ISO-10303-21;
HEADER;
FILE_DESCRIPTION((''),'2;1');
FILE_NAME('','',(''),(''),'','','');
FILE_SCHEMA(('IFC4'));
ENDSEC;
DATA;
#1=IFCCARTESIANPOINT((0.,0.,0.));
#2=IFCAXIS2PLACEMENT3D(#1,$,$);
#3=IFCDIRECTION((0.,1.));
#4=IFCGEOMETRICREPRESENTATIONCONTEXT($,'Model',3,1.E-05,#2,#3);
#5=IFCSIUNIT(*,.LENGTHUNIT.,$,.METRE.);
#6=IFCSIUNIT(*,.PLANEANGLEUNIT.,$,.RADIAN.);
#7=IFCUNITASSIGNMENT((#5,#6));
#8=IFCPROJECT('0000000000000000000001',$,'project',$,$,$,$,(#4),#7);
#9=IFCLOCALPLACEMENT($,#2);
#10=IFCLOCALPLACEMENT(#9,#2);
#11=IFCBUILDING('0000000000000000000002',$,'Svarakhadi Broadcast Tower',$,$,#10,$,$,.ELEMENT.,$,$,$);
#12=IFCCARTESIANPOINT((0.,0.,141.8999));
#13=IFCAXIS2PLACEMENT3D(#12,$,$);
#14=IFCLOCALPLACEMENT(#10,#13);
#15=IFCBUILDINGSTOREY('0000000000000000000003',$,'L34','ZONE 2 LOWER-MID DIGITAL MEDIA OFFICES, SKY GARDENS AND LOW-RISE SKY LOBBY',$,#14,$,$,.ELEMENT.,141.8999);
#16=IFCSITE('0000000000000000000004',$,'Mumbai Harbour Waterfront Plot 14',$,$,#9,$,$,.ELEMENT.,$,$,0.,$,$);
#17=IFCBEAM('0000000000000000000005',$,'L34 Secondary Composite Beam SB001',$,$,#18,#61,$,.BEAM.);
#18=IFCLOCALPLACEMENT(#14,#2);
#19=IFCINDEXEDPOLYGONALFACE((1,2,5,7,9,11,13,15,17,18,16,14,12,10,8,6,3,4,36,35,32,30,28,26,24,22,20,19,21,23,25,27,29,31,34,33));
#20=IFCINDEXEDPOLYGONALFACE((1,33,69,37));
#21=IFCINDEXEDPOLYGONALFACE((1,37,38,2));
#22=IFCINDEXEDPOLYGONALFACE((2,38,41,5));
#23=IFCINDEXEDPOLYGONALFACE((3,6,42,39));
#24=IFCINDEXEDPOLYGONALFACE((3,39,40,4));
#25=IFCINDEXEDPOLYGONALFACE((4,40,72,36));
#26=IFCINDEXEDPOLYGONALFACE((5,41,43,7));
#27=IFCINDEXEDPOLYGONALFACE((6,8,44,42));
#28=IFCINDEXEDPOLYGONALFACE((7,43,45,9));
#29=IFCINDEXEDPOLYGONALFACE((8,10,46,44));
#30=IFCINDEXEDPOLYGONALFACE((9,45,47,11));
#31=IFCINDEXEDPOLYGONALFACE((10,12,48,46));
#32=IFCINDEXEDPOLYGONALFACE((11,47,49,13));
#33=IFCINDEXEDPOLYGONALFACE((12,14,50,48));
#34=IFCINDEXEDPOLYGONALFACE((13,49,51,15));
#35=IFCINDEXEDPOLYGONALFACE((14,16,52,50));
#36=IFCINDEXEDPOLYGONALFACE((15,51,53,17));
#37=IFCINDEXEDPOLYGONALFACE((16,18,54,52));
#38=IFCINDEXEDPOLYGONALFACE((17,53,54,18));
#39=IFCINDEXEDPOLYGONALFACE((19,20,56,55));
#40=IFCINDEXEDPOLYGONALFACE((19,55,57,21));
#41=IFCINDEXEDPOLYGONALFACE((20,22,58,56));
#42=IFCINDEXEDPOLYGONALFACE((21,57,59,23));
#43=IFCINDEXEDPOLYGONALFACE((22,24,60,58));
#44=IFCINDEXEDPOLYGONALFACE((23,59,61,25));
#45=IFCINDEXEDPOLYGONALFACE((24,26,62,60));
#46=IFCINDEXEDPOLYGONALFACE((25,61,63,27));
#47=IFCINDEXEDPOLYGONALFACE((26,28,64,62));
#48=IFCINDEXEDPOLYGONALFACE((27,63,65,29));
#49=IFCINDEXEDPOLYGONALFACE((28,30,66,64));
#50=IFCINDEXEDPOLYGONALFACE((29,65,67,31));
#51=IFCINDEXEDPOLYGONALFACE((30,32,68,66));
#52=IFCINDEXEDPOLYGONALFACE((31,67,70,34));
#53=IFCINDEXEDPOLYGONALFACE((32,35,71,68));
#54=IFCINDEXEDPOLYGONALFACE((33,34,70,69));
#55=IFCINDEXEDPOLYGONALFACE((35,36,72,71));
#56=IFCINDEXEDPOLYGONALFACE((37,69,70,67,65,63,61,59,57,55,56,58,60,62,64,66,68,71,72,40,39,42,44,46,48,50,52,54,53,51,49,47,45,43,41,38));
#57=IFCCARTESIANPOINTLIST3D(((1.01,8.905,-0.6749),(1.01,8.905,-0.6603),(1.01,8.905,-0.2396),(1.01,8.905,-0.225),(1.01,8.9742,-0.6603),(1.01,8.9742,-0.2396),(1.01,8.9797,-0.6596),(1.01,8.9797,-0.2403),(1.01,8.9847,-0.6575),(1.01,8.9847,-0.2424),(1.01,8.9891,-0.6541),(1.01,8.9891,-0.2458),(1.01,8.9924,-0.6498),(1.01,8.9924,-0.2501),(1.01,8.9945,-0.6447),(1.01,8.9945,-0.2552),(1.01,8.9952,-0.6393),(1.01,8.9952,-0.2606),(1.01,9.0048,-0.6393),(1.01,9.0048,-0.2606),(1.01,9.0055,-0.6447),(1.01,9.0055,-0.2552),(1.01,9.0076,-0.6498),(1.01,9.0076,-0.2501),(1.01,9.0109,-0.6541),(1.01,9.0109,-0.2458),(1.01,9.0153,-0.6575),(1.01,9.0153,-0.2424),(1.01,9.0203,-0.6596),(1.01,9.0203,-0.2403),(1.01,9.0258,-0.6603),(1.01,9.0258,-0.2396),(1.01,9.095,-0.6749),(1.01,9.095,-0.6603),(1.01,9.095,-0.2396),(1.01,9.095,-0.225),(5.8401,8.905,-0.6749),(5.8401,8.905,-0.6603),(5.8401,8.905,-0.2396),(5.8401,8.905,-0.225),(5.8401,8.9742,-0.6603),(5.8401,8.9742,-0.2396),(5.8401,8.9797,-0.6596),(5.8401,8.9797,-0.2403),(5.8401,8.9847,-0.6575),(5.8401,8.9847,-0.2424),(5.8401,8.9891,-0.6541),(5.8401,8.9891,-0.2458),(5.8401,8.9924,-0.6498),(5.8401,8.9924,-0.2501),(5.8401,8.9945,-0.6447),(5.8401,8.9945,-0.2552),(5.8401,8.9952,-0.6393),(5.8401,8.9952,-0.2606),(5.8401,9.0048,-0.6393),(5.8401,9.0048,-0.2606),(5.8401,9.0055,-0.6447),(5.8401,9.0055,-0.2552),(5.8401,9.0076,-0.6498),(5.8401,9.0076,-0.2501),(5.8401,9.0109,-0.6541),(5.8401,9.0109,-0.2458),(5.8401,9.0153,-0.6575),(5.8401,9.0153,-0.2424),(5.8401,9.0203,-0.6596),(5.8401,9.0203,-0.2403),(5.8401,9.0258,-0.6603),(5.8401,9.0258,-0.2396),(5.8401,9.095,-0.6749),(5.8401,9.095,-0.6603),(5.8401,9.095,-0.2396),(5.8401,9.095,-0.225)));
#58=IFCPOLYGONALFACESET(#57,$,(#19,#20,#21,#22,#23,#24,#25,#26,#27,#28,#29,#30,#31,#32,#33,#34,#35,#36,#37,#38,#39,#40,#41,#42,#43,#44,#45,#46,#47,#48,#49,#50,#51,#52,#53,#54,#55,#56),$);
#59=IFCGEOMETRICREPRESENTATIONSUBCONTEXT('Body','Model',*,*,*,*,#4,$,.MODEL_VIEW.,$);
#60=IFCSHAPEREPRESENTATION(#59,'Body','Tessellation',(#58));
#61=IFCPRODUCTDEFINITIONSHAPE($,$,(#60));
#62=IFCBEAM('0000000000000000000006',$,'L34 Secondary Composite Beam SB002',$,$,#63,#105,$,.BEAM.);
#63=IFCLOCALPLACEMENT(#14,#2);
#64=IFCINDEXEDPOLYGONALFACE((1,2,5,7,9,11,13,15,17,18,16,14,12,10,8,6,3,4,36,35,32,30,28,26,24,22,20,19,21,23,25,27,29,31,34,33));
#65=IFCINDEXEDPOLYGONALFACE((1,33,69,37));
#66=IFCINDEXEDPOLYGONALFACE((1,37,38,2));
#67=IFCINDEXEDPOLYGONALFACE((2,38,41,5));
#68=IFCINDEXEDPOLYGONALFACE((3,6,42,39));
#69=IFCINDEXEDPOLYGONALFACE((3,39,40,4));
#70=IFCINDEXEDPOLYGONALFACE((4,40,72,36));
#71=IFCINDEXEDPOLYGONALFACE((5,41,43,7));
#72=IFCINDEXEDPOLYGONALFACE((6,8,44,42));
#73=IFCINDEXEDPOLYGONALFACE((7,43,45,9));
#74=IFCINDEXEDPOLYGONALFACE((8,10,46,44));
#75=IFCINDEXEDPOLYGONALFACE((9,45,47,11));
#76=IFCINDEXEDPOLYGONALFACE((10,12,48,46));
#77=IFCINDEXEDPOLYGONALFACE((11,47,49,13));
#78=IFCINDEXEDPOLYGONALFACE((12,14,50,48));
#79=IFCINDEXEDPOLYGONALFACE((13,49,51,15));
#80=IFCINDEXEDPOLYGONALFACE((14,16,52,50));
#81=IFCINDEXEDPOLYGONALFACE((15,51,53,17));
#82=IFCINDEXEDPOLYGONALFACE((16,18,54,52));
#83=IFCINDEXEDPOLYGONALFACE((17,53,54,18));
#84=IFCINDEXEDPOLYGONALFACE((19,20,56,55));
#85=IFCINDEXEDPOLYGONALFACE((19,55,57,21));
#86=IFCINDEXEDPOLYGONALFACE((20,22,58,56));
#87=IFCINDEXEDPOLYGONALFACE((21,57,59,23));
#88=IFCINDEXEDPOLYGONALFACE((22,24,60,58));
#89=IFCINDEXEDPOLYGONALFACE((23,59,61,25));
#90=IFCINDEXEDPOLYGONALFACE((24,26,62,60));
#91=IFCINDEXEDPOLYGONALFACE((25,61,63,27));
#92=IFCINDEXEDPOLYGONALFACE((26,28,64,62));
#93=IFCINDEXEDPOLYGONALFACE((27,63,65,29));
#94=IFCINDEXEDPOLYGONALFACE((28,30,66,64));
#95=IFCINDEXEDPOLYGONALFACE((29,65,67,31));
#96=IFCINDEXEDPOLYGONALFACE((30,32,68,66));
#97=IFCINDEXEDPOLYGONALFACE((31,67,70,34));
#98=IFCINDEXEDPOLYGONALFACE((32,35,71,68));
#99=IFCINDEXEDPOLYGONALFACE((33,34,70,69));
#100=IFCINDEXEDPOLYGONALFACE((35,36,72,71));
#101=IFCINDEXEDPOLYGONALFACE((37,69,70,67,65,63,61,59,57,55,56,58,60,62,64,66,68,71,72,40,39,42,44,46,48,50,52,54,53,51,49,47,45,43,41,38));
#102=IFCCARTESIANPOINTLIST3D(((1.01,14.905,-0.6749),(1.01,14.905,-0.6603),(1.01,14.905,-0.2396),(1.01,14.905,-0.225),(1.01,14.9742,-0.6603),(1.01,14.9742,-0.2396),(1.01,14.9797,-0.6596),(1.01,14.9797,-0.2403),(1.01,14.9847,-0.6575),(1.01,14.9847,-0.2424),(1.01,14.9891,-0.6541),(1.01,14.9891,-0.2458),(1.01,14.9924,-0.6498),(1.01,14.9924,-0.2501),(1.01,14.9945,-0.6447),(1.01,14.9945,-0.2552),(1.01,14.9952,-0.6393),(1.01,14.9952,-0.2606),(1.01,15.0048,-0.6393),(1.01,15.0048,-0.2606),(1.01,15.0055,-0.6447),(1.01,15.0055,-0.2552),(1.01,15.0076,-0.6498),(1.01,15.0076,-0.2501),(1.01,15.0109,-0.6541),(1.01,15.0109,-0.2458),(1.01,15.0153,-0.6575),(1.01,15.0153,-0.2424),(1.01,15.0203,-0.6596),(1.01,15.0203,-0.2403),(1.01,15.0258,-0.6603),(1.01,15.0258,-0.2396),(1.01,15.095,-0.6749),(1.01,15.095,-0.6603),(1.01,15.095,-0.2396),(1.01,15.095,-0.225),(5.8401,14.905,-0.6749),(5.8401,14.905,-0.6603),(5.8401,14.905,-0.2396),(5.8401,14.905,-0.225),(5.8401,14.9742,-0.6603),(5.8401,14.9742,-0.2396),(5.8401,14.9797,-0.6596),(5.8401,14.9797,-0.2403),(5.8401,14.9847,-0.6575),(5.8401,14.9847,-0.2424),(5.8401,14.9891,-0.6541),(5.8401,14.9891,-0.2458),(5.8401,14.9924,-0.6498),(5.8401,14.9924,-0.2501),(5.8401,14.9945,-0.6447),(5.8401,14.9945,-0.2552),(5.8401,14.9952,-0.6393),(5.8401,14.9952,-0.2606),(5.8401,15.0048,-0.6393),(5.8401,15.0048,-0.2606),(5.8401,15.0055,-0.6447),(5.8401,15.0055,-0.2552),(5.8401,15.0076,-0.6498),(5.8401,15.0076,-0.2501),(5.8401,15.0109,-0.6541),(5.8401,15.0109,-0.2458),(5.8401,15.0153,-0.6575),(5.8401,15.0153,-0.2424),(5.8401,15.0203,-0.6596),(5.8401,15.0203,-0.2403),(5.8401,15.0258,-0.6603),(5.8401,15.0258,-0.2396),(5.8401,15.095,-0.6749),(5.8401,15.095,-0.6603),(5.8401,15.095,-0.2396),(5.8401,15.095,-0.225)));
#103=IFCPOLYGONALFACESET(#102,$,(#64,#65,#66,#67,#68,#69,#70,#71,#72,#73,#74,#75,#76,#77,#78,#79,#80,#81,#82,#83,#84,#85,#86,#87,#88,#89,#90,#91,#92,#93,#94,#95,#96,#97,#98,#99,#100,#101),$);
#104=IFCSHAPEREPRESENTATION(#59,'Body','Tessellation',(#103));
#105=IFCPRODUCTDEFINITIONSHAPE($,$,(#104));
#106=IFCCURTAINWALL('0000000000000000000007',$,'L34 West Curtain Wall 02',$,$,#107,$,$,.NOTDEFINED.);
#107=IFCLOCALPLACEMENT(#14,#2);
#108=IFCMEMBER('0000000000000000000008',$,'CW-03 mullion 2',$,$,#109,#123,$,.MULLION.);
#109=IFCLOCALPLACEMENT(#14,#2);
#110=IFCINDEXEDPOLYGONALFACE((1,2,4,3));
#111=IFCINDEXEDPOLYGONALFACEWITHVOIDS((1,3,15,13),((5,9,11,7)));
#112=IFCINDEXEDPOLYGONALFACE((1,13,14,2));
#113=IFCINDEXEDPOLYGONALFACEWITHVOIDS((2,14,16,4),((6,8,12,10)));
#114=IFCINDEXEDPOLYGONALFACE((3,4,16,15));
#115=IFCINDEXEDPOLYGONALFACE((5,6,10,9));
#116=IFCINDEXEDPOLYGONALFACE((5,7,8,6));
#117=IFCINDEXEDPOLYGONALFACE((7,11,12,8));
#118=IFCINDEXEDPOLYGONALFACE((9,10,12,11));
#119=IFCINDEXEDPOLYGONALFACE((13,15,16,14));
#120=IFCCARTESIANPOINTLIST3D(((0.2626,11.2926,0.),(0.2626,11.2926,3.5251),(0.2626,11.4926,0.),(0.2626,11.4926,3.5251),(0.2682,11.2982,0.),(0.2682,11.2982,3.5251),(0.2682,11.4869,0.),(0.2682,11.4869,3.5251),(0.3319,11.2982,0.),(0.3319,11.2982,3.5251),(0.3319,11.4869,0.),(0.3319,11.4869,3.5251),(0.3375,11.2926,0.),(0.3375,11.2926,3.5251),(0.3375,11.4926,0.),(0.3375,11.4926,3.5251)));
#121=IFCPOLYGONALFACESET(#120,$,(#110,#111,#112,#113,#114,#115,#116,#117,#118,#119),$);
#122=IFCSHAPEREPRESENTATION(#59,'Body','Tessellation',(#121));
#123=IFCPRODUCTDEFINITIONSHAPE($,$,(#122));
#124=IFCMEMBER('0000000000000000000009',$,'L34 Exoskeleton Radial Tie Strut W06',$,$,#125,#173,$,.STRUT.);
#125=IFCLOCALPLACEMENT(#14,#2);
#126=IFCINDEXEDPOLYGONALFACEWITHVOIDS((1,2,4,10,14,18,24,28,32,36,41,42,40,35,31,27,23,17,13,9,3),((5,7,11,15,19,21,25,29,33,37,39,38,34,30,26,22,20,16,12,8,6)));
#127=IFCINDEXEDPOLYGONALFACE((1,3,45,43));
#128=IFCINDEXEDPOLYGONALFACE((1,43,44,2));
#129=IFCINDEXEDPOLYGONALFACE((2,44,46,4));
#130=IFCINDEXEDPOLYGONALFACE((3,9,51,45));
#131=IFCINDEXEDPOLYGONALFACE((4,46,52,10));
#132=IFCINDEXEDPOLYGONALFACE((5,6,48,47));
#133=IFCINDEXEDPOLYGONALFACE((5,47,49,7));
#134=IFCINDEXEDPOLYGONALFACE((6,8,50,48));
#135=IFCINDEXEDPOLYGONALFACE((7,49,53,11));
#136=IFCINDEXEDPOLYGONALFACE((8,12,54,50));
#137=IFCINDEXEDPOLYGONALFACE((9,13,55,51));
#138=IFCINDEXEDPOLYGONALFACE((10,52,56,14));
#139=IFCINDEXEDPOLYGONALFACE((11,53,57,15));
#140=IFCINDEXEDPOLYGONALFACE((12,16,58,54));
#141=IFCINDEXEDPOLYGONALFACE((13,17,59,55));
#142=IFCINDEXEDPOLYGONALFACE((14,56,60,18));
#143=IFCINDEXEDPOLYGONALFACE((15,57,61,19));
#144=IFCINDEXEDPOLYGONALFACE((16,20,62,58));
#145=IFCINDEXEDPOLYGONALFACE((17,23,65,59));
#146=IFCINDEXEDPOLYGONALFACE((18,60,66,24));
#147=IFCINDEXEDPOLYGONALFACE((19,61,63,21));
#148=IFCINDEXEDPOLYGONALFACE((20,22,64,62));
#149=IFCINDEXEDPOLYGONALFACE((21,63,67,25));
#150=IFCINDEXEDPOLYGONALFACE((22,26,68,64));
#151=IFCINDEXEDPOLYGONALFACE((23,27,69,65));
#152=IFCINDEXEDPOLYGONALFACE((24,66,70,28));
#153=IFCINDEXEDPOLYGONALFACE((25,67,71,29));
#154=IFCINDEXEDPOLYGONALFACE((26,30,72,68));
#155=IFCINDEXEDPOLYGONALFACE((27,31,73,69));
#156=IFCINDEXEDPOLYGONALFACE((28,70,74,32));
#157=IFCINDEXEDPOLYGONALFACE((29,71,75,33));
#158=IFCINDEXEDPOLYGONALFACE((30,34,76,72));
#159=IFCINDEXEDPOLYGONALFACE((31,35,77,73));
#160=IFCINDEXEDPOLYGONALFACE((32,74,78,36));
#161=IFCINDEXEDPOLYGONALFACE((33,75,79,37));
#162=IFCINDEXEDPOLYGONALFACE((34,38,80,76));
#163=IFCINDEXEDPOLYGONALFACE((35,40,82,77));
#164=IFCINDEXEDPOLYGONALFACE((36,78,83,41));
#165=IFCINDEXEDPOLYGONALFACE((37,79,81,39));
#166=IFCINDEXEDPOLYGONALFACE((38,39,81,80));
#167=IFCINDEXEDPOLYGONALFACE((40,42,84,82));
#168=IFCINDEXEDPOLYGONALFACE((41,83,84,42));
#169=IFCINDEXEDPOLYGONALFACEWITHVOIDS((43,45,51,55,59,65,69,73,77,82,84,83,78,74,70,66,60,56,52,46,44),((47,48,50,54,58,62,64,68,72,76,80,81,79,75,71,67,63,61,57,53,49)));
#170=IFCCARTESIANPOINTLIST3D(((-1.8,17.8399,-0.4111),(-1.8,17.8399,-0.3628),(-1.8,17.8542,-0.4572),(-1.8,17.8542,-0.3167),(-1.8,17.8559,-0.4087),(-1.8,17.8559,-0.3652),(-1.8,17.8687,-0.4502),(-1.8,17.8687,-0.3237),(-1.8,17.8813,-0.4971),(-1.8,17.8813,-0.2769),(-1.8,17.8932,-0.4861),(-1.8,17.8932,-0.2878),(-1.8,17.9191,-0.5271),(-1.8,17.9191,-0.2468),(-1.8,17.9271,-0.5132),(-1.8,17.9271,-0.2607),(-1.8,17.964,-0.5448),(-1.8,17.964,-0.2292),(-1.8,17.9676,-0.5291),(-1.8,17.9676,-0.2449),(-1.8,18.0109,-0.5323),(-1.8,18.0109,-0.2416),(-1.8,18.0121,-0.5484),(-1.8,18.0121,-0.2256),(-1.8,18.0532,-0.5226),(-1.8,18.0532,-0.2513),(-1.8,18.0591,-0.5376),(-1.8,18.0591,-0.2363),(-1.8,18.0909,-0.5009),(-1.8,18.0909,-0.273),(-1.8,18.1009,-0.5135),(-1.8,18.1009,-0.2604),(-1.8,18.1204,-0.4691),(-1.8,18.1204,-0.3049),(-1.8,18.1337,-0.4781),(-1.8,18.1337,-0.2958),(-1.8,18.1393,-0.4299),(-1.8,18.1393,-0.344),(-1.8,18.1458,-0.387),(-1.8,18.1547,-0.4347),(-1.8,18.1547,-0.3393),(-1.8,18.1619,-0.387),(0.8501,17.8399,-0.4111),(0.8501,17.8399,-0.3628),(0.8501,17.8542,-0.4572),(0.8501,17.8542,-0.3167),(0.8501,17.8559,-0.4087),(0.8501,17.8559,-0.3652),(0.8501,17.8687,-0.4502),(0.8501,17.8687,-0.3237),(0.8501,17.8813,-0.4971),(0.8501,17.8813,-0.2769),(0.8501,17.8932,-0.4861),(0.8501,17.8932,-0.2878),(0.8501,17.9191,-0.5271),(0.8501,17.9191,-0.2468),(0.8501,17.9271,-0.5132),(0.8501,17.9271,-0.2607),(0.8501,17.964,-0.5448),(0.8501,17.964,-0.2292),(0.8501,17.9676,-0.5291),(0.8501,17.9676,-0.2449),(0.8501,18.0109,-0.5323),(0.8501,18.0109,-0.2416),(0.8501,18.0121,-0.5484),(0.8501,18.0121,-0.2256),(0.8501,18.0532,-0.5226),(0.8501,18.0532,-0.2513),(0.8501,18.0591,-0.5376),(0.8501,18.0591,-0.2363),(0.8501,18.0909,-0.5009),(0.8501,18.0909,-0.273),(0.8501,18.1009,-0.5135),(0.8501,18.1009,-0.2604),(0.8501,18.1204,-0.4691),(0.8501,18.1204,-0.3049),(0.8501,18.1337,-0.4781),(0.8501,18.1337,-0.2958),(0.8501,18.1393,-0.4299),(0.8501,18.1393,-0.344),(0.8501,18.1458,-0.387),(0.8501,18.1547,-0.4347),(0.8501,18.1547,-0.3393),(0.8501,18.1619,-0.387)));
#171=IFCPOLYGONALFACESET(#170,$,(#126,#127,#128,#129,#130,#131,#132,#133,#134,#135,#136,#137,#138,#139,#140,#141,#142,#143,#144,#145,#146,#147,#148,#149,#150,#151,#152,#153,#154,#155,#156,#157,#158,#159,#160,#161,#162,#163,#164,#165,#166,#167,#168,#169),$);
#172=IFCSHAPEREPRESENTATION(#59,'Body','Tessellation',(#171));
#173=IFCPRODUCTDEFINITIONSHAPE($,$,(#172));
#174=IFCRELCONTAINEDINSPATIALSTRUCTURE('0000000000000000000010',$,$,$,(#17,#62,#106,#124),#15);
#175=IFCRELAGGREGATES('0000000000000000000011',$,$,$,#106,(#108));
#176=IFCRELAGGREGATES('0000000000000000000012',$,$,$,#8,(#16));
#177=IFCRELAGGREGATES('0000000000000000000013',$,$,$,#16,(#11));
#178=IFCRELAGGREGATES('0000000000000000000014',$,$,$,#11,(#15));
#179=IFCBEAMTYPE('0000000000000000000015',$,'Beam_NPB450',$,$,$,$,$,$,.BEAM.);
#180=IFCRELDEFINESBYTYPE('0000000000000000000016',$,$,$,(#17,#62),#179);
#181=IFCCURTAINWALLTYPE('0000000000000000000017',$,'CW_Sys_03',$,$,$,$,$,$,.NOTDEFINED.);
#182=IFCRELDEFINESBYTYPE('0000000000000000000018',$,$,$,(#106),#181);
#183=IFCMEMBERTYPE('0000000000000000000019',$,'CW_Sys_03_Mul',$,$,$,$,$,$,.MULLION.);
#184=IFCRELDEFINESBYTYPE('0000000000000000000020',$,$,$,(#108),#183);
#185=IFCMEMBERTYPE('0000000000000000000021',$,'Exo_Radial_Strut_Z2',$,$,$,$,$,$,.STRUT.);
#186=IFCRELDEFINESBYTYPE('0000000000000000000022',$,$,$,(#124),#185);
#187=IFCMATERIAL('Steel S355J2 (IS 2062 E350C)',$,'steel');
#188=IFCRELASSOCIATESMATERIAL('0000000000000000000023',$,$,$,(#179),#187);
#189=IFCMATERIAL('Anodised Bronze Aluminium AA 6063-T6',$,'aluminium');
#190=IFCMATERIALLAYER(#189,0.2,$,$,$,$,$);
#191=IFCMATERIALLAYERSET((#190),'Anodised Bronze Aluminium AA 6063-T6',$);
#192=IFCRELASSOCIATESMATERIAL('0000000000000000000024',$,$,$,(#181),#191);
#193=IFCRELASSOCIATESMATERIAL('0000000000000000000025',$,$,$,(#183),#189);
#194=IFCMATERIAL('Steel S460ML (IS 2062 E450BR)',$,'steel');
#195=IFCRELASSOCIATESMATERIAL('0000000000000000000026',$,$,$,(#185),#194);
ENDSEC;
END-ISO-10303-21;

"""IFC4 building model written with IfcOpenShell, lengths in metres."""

from ifc_helpers import new_model, si_unit, direction, frame, origin, origin_2d, place, context, subcontext, project, spatial, hollow_rectangle, hollow_circle, i_section, extrude, material, layer, layer_set, material_profile, profile_set, type_object, element, aggregate, save


model = new_model("IFC4")

# Units and contexts
model_context = context("Model", 3, precision=1e-05, world=origin(), true_north=direction((0.0, 1.0)))
body_context = subcontext(model_context, "Body", "Model", "MODEL_VIEW")
ifc_project = project(units=[si_unit("LENGTHUNIT", "METRE"), si_unit("PLANEANGLEUNIT", "RADIAN")], contexts=[model_context])

# Site, building, storey
site_placement = place(None, origin())
site = spatial("IfcSite", under=ifc_project, at=site_placement, Name="Mumbai Harbour Waterfront Plot 14", CompositionType="ELEMENT", RefElevation=0.0)
building_placement = place(site_placement, origin())
building = spatial("IfcBuilding", under=site, at=building_placement, Name="Svarakhadi Broadcast Tower", CompositionType="ELEMENT")
storey_placement = place(building_placement, frame((0.0, 0.0, 141.8999)))
storey = spatial("IfcBuildingStorey", under=building, at=storey_placement, Name="L34", Description="ZONE 2 LOWER-MID DIGITAL MEDIA OFFICES, SKY GARDENS AND LOW-RISE SKY LOBBY", CompositionType="ELEMENT", Elevation=141.8999)

# Shared definitions
ifc_material_1 = material(Name="Steel S460ML (IS 2062 E450BR)", Category="steel")

# Beams
ifc_material_2 = material(Name="Steel S355J2 (IS 2062 E350C)", Category="steel")
ifc_material_profile_1 = material_profile(ifc_material_2, i_section(OverallWidth=0.1899, OverallDepth=0.45, WebThickness=0.0095, FlangeThickness=0.0146, FilletRadius=0.021, at=origin_2d()), Name="NPB 450x190x78")
ifc_profile_set_1 = profile_set([ifc_material_profile_1], Name="Steel S355J2 (IS 2062 E350C)")
beam_type_1 = type_object("IfcBeamType", Name="Beam_NPB450", PredefinedType="BEAM", material=ifc_profile_set_1)
for number, where, z_axis, x_axis, name in (
    (1, (1.01, 9.0, -0.45), (1.0, 0.0, 0.0), (0.0, 1.0, 0.0), "L34 Secondary Composite Beam SB001"),
    (2, (1.01, 15.0, -0.45), (1.0, 0.0, 0.0), (0.0, 1.0, 0.0), "L34 Secondary Composite Beam SB002"),
):
    element("IfcBeam", number, at=place(storey_placement, frame(where, z_axis=z_axis, x_axis=x_axis)), inside=storey, type_object=beam_type_1, Name=name, PredefinedType="BEAM", context=body_context, shape_type="SweptSolid", body=[
        extrude(i_section(OverallWidth=0.1899, OverallDepth=0.45, WebThickness=0.0095, FlangeThickness=0.0146, FilletRadius=0.021, at=origin_2d()), origin(), (0.0, 0.0, 1.0), 4.8301),
    ])

# Curtain wall, member
ifc_material_3 = material(Name="Anodised Bronze Aluminium AA 6063-T6", Category="aluminium")
ifc_layer_1 = layer(ifc_material_3, 0.2)
ifc_layer_set_1 = layer_set([ifc_layer_1], Name="Anodised Bronze Aluminium AA 6063-T6")
curtain_wall_type = type_object("IfcCurtainWallType", Name="CW_Sys_03", PredefinedType="NOTDEFINED", material=ifc_layer_set_1)
curtain_wall_placement = place(storey_placement, origin())
curtain_wall = element("IfcCurtainWall", 3, at=curtain_wall_placement, inside=storey, type_object=curtain_wall_type, Name="L34 West Curtain Wall 02", PredefinedType="NOTDEFINED")
ifc_material_profile_2 = material_profile(ifc_material_3, hollow_rectangle(XDim=0.075, YDim=0.2, WallThickness=0.0056, at=origin_2d()), Name="ALU MULLION 200x75x6")
ifc_profile_set_2 = profile_set([ifc_material_profile_2], Name="Anodised Bronze Aluminium AA 6063-T6")
member_type_1 = type_object("IfcMemberType", Name="CW_Sys_03_Mul", PredefinedType="MULLION", material=ifc_profile_set_2)
member_1_placement = place(storey_placement, frame((0.3, 11.3926, 0.0), z_axis=(0.0, 0.0, 1.0), x_axis=(-1.0, 0.0, 0.0)))
member_1 = element("IfcMember", 4, at=member_1_placement, type_object=member_type_1, Name="CW-03 mullion 2", PredefinedType="MULLION", context=body_context, shape_type="SweptSolid", body=[
    extrude(hollow_rectangle(XDim=0.075, YDim=0.2, WallThickness=0.0056, at=origin_2d()), origin(), (0.0, 0.0, 1.0), 3.5251),
])

# Member
ifc_material_profile_3 = material_profile(ifc_material_1, hollow_circle(Radius=0.1619, WallThickness=0.0161, at=origin_2d()), Name="CHS 323.9x16")
ifc_profile_set_3 = profile_set([ifc_material_profile_3], Name="Steel S460ML (IS 2062 E450BR)")
member_type_2 = type_object("IfcMemberType", Name="Exo_Radial_Strut_Z2", PredefinedType="STRUT", material=ifc_profile_set_3)
member_2_placement = place(storey_placement, frame((-1.8, 18.0, -0.387), z_axis=(1.0, 0.0, 0.0), x_axis=(0.0, 1.0, 0.0)))
element("IfcMember", 5, at=member_2_placement, inside=storey, type_object=member_type_2, Name="L34 Exoskeleton Radial Tie Strut W06", PredefinedType="STRUT", context=body_context, shape_type="SweptSolid", body=[
    extrude(hollow_circle(Radius=0.1619, WallThickness=0.0161, at=origin_2d()), origin(), (0.0, 0.0, 1.0), 2.6501),
])

aggregate(curtain_wall, [member_1])

save(model, "model.ifc")
